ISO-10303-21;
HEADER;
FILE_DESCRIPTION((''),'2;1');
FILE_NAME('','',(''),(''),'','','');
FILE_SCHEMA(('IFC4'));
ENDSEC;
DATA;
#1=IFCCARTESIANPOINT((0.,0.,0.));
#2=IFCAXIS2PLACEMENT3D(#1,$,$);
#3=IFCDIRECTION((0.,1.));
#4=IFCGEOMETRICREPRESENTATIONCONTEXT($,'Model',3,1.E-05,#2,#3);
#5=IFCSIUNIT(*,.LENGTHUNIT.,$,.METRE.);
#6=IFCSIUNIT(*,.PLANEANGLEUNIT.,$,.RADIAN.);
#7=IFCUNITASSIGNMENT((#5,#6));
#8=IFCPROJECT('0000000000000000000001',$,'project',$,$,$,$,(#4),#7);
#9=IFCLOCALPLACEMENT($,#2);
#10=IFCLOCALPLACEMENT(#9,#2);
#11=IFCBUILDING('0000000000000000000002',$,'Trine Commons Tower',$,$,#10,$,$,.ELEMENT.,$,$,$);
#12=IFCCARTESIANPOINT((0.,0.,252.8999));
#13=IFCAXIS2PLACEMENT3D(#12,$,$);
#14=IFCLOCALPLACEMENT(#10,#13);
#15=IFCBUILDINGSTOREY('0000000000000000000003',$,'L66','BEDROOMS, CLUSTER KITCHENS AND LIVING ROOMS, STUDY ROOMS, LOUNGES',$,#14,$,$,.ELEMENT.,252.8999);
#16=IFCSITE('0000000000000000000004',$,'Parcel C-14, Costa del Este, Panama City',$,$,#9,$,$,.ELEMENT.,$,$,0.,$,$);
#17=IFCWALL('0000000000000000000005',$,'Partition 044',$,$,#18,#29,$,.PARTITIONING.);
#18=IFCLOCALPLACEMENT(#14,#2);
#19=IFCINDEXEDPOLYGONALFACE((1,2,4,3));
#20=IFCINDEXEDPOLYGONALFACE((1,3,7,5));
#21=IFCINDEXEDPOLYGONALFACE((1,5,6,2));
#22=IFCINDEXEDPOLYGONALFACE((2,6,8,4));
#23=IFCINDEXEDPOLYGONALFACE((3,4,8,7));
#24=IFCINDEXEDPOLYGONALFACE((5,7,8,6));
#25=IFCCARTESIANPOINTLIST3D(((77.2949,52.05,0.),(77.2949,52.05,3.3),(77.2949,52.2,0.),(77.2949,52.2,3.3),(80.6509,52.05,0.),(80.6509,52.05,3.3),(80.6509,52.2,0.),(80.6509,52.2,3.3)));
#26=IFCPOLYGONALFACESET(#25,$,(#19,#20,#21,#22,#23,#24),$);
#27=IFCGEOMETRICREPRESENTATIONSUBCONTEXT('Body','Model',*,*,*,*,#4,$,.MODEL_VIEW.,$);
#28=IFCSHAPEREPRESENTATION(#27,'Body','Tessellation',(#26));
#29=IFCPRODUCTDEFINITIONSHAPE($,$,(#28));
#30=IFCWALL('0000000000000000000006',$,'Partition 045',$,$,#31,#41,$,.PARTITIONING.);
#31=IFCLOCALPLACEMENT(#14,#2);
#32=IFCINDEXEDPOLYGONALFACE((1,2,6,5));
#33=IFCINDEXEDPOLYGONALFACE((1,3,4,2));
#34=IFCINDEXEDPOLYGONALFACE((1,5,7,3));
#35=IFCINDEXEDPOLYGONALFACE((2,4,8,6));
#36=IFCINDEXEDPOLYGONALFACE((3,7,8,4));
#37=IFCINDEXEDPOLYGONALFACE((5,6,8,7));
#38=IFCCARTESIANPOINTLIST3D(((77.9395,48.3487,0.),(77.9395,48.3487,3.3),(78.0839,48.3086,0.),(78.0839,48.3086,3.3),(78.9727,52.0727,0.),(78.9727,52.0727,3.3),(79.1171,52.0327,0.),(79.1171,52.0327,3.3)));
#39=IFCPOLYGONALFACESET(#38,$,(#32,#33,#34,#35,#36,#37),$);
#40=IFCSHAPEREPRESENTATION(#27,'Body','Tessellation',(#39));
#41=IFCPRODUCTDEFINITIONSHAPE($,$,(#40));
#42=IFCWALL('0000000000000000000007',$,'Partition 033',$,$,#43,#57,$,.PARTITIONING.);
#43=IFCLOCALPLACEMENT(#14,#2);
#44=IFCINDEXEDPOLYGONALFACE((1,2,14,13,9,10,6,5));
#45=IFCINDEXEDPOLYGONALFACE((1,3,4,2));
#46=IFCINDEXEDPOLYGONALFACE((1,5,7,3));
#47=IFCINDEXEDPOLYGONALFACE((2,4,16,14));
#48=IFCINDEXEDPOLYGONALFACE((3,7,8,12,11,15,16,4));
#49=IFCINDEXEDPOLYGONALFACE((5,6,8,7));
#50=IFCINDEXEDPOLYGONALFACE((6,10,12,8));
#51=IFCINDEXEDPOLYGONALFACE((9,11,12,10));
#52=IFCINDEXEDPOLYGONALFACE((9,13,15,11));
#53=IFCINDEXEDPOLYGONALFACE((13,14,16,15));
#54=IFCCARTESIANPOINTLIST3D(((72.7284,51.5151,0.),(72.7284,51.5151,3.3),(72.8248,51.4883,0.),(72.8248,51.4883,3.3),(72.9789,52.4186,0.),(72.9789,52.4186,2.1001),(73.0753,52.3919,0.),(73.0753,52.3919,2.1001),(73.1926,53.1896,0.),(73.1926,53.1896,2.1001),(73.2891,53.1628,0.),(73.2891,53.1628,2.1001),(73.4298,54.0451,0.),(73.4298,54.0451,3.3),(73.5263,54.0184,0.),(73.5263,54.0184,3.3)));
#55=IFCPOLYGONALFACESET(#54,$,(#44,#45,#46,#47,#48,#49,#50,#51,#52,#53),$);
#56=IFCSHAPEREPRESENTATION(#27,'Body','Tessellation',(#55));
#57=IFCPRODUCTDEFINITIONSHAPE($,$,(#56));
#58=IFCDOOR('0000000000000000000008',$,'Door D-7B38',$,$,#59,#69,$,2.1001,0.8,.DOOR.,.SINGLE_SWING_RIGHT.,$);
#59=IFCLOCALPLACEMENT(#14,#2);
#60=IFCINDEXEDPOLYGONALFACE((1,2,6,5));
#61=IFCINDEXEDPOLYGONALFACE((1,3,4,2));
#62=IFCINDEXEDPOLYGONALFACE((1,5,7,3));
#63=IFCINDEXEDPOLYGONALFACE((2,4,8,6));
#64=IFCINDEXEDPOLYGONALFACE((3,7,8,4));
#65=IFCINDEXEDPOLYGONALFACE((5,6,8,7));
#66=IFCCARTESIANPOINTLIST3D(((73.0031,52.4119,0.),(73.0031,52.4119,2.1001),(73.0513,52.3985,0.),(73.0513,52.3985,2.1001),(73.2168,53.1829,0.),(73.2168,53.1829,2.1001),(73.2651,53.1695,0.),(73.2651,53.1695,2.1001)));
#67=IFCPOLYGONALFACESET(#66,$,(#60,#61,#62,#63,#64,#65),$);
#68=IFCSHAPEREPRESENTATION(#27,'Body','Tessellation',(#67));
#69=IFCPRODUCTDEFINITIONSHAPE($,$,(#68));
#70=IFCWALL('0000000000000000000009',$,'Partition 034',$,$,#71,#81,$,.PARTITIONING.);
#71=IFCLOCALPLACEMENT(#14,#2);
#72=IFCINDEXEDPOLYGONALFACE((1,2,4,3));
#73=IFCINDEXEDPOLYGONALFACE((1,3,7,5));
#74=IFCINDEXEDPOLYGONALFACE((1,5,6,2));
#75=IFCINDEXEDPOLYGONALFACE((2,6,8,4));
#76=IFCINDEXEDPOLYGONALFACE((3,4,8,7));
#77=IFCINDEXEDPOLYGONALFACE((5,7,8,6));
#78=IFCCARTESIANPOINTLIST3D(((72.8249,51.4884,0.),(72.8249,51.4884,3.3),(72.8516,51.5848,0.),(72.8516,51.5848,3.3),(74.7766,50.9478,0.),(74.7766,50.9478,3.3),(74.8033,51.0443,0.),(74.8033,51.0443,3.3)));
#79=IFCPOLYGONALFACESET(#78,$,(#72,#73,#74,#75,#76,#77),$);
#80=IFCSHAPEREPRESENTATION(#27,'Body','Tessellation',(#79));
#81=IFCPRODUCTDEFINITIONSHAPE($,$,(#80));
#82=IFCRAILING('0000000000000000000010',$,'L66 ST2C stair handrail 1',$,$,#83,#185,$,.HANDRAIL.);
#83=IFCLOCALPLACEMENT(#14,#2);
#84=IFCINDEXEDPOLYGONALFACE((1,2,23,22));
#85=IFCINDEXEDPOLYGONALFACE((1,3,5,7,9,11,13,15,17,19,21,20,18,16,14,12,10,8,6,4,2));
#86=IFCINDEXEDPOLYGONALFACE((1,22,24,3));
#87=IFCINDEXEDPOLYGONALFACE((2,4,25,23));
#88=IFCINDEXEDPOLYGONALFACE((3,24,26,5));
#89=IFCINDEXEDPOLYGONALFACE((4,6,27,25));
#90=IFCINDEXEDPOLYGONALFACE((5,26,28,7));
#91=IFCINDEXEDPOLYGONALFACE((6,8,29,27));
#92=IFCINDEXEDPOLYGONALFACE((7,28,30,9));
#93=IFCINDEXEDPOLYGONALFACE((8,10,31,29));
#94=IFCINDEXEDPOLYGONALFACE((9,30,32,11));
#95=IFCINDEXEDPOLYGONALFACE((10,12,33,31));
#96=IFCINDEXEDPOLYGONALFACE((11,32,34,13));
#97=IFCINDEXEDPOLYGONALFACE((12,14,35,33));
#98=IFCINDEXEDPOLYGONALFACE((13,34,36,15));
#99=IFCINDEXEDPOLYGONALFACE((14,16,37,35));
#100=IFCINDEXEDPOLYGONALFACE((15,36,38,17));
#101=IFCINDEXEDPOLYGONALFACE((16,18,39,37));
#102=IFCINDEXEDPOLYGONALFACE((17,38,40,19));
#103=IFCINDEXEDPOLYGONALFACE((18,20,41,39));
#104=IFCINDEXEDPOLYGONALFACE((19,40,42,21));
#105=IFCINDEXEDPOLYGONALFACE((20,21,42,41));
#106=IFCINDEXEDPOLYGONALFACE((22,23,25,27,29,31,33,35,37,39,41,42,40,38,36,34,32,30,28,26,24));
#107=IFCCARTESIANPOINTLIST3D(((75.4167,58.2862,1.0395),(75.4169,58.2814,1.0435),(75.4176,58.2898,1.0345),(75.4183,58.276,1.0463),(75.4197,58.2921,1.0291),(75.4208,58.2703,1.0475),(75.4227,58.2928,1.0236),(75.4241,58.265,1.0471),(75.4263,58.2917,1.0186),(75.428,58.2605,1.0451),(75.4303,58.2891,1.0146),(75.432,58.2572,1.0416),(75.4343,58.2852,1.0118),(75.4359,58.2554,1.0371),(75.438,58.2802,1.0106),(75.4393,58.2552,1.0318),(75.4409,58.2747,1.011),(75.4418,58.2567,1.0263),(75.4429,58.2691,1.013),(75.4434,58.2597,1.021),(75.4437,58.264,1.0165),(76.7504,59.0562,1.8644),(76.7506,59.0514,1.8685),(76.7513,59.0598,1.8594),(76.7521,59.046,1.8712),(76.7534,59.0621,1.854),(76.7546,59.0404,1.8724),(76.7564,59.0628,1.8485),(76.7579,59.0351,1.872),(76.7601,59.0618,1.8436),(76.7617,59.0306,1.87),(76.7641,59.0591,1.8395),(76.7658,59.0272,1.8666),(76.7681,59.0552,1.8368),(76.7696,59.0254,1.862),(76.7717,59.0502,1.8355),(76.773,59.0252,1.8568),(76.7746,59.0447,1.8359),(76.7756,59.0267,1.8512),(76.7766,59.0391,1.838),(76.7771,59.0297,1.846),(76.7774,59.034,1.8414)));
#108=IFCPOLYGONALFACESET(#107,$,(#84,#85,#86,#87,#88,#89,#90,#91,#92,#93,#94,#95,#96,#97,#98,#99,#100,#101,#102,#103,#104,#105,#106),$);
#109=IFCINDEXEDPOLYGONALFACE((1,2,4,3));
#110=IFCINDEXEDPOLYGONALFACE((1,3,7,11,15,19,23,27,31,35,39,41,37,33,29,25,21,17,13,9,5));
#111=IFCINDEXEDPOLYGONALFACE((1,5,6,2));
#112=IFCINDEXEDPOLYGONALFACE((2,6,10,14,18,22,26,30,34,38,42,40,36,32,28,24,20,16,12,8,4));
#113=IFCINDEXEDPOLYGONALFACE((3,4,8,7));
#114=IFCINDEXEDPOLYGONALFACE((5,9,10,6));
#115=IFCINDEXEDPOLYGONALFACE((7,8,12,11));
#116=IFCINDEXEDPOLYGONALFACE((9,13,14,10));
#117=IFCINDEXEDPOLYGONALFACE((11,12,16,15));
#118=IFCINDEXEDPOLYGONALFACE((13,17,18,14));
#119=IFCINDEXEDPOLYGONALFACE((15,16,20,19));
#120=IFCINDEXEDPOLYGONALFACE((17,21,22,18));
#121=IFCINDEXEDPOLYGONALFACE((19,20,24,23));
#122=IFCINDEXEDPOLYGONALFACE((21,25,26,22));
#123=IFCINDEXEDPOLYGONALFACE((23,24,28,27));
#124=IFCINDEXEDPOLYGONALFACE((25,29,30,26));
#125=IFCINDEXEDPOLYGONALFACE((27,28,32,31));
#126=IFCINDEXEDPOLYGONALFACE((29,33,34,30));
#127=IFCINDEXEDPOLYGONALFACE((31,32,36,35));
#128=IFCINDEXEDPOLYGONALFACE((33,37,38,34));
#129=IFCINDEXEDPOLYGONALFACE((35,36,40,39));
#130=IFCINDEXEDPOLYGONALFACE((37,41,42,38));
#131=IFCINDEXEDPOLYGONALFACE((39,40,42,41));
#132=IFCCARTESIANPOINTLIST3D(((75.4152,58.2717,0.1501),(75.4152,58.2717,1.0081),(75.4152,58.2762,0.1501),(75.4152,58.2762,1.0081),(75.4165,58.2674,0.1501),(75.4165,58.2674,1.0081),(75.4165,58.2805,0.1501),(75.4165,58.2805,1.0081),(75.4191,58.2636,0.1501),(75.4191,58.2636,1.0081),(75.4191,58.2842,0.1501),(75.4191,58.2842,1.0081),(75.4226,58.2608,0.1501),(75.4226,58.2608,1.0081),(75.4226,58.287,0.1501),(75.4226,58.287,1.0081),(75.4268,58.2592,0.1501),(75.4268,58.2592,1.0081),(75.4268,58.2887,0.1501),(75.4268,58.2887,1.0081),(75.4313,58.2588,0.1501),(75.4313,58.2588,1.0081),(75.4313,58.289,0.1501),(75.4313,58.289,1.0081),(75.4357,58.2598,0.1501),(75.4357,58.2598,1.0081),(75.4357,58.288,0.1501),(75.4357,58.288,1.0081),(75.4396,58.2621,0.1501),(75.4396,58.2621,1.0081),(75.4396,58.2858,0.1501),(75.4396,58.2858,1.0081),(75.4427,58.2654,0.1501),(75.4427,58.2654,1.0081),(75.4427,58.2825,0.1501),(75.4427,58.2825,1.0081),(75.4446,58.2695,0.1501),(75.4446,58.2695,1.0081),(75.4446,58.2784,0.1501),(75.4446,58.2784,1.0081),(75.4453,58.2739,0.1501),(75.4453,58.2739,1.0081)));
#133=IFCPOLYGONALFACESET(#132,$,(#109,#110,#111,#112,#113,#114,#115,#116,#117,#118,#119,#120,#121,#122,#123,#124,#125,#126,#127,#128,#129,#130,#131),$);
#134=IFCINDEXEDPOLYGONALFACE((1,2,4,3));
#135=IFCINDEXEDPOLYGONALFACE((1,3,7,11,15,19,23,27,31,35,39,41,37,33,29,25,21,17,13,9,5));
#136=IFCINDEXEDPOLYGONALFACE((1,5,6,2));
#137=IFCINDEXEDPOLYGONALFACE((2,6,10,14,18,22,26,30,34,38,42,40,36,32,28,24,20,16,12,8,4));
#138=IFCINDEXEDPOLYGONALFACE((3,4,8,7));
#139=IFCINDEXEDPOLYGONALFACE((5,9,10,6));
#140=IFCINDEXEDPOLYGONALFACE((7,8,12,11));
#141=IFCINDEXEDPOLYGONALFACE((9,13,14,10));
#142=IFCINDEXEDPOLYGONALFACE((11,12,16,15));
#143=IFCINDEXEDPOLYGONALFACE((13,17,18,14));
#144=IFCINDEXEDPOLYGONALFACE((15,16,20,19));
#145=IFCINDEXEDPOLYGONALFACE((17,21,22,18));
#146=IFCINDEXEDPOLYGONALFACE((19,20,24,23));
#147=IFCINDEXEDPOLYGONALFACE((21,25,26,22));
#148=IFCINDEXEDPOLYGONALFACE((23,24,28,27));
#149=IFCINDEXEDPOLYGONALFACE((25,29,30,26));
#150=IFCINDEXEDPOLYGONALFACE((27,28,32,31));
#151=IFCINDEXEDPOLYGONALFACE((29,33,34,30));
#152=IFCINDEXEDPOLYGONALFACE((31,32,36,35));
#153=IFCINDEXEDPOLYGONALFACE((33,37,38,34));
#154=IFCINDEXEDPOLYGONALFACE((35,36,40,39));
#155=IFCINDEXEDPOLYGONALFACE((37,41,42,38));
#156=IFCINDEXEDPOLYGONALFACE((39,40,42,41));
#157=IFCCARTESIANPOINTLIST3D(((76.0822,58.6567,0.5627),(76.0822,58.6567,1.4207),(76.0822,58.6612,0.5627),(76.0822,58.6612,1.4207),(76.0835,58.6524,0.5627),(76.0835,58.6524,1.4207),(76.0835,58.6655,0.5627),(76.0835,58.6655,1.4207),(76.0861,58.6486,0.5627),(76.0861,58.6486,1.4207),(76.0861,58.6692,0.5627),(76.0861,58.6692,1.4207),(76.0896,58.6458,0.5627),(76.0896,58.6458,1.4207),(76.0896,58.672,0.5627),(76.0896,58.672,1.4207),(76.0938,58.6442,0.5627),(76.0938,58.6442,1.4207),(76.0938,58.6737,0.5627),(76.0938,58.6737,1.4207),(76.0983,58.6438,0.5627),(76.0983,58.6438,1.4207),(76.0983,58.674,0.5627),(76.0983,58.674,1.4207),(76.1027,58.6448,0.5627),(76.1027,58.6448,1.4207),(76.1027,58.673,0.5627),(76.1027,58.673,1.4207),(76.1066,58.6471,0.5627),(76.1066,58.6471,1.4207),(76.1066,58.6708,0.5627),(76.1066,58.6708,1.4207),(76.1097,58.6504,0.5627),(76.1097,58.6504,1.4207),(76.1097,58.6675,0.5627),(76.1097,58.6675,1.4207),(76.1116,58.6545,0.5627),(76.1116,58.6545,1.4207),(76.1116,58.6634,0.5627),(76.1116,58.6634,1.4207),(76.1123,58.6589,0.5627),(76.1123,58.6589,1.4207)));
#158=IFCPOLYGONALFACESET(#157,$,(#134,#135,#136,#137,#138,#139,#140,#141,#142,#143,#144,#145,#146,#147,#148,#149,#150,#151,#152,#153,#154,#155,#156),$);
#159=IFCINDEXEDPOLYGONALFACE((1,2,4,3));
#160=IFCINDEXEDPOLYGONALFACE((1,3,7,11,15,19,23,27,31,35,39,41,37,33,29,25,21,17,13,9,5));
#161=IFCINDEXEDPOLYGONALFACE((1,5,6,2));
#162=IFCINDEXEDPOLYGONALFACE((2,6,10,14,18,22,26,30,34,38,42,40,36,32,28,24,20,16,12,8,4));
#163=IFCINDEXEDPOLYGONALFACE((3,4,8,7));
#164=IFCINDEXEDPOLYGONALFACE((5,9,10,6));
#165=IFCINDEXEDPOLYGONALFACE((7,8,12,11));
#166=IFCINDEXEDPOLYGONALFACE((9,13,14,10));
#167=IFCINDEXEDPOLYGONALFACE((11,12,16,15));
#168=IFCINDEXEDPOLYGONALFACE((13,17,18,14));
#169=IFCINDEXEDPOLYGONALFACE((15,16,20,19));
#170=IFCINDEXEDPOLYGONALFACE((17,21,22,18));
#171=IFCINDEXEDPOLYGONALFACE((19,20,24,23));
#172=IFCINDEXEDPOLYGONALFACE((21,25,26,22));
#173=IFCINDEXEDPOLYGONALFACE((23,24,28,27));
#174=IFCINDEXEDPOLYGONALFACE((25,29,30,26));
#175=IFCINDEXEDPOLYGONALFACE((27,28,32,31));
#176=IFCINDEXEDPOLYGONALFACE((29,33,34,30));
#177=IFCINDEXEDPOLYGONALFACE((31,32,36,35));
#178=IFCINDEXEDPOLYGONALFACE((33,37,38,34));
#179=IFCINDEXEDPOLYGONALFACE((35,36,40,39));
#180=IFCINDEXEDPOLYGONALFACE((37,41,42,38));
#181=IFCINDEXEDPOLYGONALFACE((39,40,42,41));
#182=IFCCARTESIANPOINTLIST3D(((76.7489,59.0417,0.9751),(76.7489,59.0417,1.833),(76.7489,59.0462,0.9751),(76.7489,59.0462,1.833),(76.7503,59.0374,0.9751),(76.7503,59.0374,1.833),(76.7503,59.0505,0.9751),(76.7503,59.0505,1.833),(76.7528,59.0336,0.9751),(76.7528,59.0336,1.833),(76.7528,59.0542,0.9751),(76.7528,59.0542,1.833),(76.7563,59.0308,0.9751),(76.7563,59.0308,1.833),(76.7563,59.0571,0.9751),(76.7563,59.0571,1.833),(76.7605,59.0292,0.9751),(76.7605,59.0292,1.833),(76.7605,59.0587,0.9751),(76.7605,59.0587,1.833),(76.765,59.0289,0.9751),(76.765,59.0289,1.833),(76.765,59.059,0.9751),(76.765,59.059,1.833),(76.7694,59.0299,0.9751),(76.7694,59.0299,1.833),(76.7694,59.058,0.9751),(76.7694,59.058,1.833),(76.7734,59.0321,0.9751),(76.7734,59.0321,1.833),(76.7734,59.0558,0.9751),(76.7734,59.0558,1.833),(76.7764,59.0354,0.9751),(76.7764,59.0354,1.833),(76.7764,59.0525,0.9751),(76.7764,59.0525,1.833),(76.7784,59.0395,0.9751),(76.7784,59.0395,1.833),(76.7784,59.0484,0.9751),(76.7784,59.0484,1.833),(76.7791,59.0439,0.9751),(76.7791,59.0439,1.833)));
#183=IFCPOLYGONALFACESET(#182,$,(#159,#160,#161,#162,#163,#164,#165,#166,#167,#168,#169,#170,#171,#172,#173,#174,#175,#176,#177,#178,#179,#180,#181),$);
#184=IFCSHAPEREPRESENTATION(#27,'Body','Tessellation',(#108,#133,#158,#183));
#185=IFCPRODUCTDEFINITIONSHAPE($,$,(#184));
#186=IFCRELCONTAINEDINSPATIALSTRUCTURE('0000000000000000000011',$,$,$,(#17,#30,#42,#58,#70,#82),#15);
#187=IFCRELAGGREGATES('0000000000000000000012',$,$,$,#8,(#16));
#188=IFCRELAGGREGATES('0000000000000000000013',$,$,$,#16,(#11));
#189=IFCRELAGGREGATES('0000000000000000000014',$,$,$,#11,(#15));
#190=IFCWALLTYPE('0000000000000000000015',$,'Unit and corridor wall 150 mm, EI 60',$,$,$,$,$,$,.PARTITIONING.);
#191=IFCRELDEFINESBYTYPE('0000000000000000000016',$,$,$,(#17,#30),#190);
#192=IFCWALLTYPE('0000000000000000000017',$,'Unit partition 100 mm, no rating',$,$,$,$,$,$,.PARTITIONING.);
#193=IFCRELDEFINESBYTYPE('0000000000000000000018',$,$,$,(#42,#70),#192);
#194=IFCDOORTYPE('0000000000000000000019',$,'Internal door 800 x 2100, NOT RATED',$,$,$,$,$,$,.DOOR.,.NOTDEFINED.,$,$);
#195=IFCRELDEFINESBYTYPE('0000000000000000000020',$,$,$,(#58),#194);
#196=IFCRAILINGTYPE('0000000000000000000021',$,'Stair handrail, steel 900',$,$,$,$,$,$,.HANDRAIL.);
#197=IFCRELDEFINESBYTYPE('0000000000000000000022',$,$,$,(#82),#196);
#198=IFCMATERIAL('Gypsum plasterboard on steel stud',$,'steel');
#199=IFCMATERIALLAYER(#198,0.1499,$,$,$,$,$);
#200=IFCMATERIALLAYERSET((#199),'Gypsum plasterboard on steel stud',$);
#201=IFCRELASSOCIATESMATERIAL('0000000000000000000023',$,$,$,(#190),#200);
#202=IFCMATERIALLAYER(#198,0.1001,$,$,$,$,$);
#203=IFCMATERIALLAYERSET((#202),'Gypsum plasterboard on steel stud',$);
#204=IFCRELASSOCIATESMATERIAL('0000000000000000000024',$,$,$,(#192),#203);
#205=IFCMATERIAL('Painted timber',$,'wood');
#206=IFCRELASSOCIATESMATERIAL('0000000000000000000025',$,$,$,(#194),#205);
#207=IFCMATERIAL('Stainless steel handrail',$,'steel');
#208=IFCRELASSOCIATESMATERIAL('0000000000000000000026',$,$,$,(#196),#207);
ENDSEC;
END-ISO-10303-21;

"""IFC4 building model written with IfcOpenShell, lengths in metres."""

from ifc_helpers import new_model, si_unit, direction, frame, frame_2d, origin, origin_2d, place, context, subcontext, project, spatial, rectangle, circle, extrude, material, layer, layer_set, type_object, element, fill, save


model = new_model("IFC4")

# Units and contexts
model_context = context("Model", 3, precision=1e-05, world=origin(), true_north=direction((0.0, 1.0)))
body_context = subcontext(model_context, "Body", "Model", "MODEL_VIEW")
ifc_project = project(units=[si_unit("LENGTHUNIT", "METRE"), si_unit("PLANEANGLEUNIT", "RADIAN")], contexts=[model_context])

# Site, building, storey
site_placement = place(None, origin())
site = spatial("IfcSite", under=ifc_project, at=site_placement, Name="Parcel C-14, Costa del Este, Panama City", CompositionType="ELEMENT", RefElevation=0.0)
building_placement = place(site_placement, origin())
building = spatial("IfcBuilding", under=site, at=building_placement, Name="Trine Commons Tower", CompositionType="ELEMENT")
storey_placement = place(building_placement, frame((0.0, 0.0, 252.8999)))
storey = spatial("IfcBuildingStorey", under=building, at=storey_placement, Name="L66", Description="BEDROOMS, CLUSTER KITCHENS AND LIVING ROOMS, STUDY ROOMS, LOUNGES", CompositionType="ELEMENT", Elevation=252.8999)

# Shared definitions
ifc_material_1 = material(Name="Gypsum plasterboard on steel stud", Category="steel")
ifc_layer_1 = layer(ifc_material_1, 0.1499)
ifc_layer_set_1 = layer_set([ifc_layer_1], Name="Gypsum plasterboard on steel stud")
wall_type_1 = type_object("IfcWallType", Name="Unit and corridor wall 150 mm, EI 60", PredefinedType="PARTITIONING", material=ifc_layer_set_1)
ifc_material_2 = material(Name="Painted timber", Category="wood")

# Walls
wall_1_placement = place(storey_placement, frame((77.2949, 52.125, 0.0), z_axis=(0.0, 0.0, 1.0), x_axis=(1.0, 0.0, 0.0)))
element("IfcWall", 1, at=wall_1_placement, inside=storey, type_object=wall_type_1, Name="Partition 044", PredefinedType="PARTITIONING", context=body_context, shape_type="SweptSolid", body=[
    extrude(rectangle(XDim=3.356, YDim=0.1499, at=frame_2d((1.678, 0.0))), origin(), (0.0, 0.0, 1.0), 3.3),
])
wall_2_placement = place(storey_placement, frame((78.0117, 48.3286, 0.0), z_axis=(0.0, 0.0, 1.0), x_axis=(0.267338, 0.963603, 0.0)))
element("IfcWall", 2, at=wall_2_placement, inside=storey, type_object=wall_type_1, Name="Partition 045", PredefinedType="PARTITIONING", context=body_context, shape_type="SweptSolid", body=[
    extrude(rectangle(XDim=3.8647, YDim=0.1499, at=frame_2d((1.9324, 0.0))), origin(), (0.0, 0.0, 1.0), 3.3),
])

# Wall, opening, door
ifc_layer_2 = layer(ifc_material_1, 0.1001)
ifc_layer_set_2 = layer_set([ifc_layer_2], Name="Gypsum plasterboard on steel stud")
wall_type_2 = type_object("IfcWallType", Name="Unit partition 100 mm, no rating", PredefinedType="PARTITIONING", material=ifc_layer_set_2)
wall_3_placement = place(storey_placement, frame((72.7766, 51.5017, 0.0), z_axis=(0.0, 0.0, 1.0), x_axis=(0.267159, 0.963652, 0.0)))
wall_3 = element("IfcWall", 3, at=wall_3_placement, inside=storey, type_object=wall_type_2, Name="Partition 033", PredefinedType="PARTITIONING", context=body_context, shape_type="SweptSolid", body=[
    extrude(rectangle(XDim=2.6255, YDim=0.1001, at=frame_2d((1.3127, 0.0))), origin(), (0.0, 0.0, 1.0), 3.3),
])
opening_1_placement = place(wall_3_placement, frame((0.9377, 0.0, 0.0)))
opening_1 = element("IfcOpeningElement", 4, at=opening_1_placement, cuts=wall_3, PredefinedType="OPENING", context=body_context, shape_type="SweptSolid", body=[
    extrude(rectangle(XDim=0.8, YDim=2.1001, at=frame_2d((0.3999, 1.05))), frame((0.0, 0.0601, 0.0), z_axis=(0.0, -1.0, 0.0), x_axis=(1.0, 0.0, 0.0)), (0.0, 0.0, 1.0), 0.1201),
])
door_type_1 = type_object("IfcDoorType", Name="Internal door 800 x 2100, NOT RATED", OperationType="NOTDEFINED", PredefinedType="DOOR", material=ifc_material_2)
door_1_placement = place(opening_1_placement, origin())
door_1 = element("IfcDoor", 5, at=door_1_placement, inside=storey, type_object=door_type_1, Name="Door D-7B38", OperationType="SINGLE_SWING_RIGHT", OverallHeight=2.1001, OverallWidth=0.8, PredefinedType="DOOR", context=body_context, shape_type="SweptSolid", body=[
    extrude(rectangle(XDim=0.8, YDim=2.1001, at=frame_2d((0.3999, 1.05))), frame((0.0, 0.0249, 0.0), z_axis=(0.0, -1.0, 0.0), x_axis=(1.0, 0.0, 0.0)), (0.0, 0.0, 1.0), 0.05),
])
fill(opening_1, door_1)

# Wall
wall_4_placement = place(storey_placement, frame((72.8381, 51.5366, 0.0), z_axis=(0.0, 0.0, 1.0), x_axis=(0.963721, -0.26691, 0.0)))
element("IfcWall", 6, at=wall_4_placement, inside=storey, type_object=wall_type_2, Name="Partition 034", PredefinedType="PARTITIONING", context=body_context, shape_type="SweptSolid", body=[
    extrude(rectangle(XDim=2.0251, YDim=0.1001, at=frame_2d((1.0127, 0.0))), origin(), (0.0, 0.0, 1.0), 3.3),
])

# Railing
ifc_material_3 = material(Name="Stainless steel handrail", Category="steel")
railing_type = type_object("IfcRailingType", Name="Stair handrail, steel 900", PredefinedType="HANDRAIL", material=ifc_material_3)
railing_placement = place(storey_placement, frame((75.4302, 58.2739, 0.1501)))
element("IfcRailing", 7, at=railing_placement, inside=storey, type_object=railing_type, Name="L66 ST2C stair handrail 1", PredefinedType="HANDRAIL", context=body_context, shape_type="SweptSolid", body=[
    extrude(circle(Radius=0.021, at=origin_2d()), frame((0.0, 0.0, 0.8789), z_axis=(0.763405, 0.440743, 0.472185), x_axis=(-0.499992, 0.86603, 0.0)), (0.0, 0.0, 1.0), 1.7471),
    extrude(circle(Radius=0.0151, at=origin_2d()), origin(), (0.0, 0.0, 1.0), 0.8579),
    extrude(circle(Radius=0.0151, at=origin_2d()), frame((0.667, 0.385, 0.4126)), (0.0, 0.0, 1.0), 0.8579),
    extrude(circle(Radius=0.0151, at=origin_2d()), frame((1.3337, 0.77, 0.825)), (0.0, 0.0, 1.0), 0.8579),
])

save(model, "model.ifc")
